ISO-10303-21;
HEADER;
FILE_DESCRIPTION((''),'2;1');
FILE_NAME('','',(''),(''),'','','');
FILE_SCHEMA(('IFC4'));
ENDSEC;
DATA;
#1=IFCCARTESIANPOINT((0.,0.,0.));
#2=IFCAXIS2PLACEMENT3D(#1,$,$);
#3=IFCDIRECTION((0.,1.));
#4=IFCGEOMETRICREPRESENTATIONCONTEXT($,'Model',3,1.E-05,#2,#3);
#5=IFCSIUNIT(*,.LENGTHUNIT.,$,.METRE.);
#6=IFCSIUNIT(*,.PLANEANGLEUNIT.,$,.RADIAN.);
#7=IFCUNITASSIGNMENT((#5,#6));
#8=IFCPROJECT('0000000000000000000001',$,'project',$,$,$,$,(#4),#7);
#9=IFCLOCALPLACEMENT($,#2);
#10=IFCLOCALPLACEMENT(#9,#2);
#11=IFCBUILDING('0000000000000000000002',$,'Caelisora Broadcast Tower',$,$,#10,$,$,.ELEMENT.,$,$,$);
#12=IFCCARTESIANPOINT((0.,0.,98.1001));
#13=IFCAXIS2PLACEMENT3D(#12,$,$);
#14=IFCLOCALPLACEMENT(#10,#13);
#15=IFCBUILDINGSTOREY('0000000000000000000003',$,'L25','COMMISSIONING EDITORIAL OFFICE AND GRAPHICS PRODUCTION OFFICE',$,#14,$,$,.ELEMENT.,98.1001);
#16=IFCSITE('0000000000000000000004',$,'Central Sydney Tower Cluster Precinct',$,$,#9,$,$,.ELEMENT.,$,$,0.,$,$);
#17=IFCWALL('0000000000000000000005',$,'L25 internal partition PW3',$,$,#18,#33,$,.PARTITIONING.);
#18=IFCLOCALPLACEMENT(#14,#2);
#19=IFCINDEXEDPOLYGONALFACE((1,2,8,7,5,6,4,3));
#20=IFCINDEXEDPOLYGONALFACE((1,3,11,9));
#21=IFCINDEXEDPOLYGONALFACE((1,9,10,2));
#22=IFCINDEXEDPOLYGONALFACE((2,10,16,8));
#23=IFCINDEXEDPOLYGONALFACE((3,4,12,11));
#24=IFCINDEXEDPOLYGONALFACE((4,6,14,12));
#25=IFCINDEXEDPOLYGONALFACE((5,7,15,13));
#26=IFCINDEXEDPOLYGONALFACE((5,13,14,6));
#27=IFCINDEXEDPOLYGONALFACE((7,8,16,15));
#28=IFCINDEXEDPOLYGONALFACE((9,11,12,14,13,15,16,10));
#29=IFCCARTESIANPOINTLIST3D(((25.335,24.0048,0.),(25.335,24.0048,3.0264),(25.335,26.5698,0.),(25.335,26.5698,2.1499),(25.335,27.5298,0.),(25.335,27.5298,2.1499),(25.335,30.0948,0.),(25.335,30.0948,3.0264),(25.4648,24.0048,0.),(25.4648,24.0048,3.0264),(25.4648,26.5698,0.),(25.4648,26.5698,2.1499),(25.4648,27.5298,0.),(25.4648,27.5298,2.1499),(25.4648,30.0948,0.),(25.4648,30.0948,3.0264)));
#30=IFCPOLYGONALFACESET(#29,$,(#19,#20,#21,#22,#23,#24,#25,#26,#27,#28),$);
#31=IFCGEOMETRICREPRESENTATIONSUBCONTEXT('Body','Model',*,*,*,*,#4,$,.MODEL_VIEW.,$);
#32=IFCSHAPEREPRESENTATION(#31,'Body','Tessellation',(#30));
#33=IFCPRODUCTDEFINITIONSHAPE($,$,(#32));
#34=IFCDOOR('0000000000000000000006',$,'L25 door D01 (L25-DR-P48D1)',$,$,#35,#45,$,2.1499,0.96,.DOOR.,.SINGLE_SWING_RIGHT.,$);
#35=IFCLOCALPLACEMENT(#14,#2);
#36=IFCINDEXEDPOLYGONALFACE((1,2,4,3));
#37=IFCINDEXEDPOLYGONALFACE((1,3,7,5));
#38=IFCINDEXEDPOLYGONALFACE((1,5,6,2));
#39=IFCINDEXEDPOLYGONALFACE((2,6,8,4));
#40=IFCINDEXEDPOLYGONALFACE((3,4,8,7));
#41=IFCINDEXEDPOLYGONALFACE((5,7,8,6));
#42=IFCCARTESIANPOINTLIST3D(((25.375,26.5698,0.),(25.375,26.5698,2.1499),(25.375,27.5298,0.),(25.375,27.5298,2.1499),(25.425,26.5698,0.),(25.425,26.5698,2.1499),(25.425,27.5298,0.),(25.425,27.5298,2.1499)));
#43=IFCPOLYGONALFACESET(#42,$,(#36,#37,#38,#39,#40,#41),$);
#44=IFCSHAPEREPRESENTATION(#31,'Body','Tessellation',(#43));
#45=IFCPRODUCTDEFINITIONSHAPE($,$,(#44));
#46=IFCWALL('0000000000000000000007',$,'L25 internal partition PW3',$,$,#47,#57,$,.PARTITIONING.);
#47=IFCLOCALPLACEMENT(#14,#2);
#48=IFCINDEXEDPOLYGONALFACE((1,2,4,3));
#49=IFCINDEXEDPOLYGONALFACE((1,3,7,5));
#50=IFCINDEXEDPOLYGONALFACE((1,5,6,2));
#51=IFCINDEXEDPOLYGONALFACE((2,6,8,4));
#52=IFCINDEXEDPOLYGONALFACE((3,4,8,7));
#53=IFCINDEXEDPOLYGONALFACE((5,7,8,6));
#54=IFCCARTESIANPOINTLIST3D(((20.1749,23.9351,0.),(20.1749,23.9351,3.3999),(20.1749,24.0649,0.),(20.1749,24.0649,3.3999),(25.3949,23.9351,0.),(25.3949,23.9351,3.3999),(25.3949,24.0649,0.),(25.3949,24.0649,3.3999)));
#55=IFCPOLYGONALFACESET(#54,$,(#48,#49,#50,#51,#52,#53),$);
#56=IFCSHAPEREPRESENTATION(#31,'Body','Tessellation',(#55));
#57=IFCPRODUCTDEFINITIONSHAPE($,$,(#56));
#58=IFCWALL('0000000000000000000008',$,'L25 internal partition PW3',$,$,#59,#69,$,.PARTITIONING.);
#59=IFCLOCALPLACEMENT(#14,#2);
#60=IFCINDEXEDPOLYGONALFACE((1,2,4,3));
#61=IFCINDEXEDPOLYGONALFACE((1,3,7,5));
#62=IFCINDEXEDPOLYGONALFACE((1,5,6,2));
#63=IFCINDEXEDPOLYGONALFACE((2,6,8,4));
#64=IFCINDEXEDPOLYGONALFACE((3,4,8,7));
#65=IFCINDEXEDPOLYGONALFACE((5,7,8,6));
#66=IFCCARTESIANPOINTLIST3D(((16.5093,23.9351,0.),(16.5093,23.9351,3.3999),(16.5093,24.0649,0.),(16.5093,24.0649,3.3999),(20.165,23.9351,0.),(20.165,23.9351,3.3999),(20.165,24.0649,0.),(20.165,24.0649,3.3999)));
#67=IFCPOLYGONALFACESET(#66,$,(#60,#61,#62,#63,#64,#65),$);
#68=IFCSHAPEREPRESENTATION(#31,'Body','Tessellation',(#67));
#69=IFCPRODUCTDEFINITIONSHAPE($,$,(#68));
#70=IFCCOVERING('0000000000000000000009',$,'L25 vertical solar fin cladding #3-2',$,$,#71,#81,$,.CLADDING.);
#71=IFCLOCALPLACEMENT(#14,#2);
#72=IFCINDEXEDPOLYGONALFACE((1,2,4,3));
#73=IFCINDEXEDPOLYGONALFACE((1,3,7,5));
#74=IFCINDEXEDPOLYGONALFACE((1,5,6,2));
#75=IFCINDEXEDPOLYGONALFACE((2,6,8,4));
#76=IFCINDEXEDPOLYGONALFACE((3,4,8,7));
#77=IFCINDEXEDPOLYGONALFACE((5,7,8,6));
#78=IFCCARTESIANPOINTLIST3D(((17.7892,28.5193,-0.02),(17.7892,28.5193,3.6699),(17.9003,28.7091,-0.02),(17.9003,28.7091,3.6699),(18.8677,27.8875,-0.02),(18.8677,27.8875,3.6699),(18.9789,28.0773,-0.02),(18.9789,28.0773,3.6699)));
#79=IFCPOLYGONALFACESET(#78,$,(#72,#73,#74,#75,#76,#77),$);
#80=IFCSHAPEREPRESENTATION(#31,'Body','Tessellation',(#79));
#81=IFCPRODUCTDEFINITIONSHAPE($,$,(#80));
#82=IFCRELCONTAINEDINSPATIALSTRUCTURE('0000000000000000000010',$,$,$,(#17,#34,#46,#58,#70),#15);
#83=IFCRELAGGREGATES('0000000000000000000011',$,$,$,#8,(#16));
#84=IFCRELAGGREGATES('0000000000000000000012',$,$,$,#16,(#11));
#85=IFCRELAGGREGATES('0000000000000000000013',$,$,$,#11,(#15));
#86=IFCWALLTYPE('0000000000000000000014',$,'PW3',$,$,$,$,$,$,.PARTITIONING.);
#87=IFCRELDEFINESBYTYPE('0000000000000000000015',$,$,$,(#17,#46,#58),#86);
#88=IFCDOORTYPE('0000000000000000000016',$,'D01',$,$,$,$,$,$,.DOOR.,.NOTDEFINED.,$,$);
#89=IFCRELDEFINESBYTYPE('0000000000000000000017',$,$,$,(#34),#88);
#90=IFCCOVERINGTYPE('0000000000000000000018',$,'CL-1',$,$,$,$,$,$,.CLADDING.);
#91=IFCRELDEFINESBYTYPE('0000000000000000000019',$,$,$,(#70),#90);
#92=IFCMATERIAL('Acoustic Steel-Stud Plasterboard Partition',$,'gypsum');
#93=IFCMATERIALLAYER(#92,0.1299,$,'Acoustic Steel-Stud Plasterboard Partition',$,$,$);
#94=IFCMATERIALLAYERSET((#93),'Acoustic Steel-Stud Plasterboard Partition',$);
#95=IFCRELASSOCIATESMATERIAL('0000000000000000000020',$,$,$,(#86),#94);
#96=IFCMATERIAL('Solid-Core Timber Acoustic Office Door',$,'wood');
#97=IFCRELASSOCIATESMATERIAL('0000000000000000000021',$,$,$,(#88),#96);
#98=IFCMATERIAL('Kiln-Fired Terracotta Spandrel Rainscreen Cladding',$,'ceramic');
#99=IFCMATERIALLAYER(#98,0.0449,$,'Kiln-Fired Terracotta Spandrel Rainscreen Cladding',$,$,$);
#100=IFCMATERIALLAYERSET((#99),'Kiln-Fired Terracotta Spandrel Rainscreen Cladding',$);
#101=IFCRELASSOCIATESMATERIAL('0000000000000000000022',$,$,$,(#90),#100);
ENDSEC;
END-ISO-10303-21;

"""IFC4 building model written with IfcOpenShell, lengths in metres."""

from ifc_helpers import new_model, si_unit, direction, frame, frame_2d, origin, origin_2d, place, context, subcontext, project, spatial, rectangle, extrude, source, transform, mapped, material, layer, layer_set, type_object, type_shapes, element, fill, save


model = new_model("IFC4")

# Units and contexts
model_context = context("Model", 3, precision=1e-05, world=origin(), true_north=direction((0.0, 1.0)))
body_context = subcontext(model_context, "Body", "Model", "MODEL_VIEW")
ifc_project = project(units=[si_unit("LENGTHUNIT", "METRE"), si_unit("PLANEANGLEUNIT", "RADIAN")], contexts=[model_context])

# Site, building, storey
site_placement = place(None, origin())
site = spatial("IfcSite", under=ifc_project, at=site_placement, Name="Central Sydney Tower Cluster Precinct", CompositionType="ELEMENT", RefElevation=0.0)
building_placement = place(site_placement, origin())
building = spatial("IfcBuilding", under=site, at=building_placement, Name="Caelisora Broadcast Tower", CompositionType="ELEMENT")
storey_placement = place(building_placement, frame((0.0, 0.0, 98.1001)))
storey = spatial("IfcBuildingStorey", under=building, at=storey_placement, Name="L25", Description="COMMISSIONING EDITORIAL OFFICE AND GRAPHICS PRODUCTION OFFICE", CompositionType="ELEMENT", Elevation=98.1001)

# Wall, opening, door
ifc_material_1 = material(Name="Acoustic Steel-Stud Plasterboard Partition", Category="gypsum")
ifc_layer_1 = layer(ifc_material_1, 0.1299, Name="Acoustic Steel-Stud Plasterboard Partition")
ifc_layer_set_1 = layer_set([ifc_layer_1], Name="Acoustic Steel-Stud Plasterboard Partition")
wall_type_1 = type_object("IfcWallType", Name="PW3", PredefinedType="PARTITIONING", material=ifc_layer_set_1)
wall_1_placement = place(storey_placement, frame((25.3999, 24.0049, 0.0), z_axis=(0.0, 0.0, 1.0), x_axis=(0.0, 1.0, 0.0)))
wall_1 = element("IfcWall", 1, at=wall_1_placement, inside=storey, type_object=wall_type_1, Name="L25 internal partition PW3", PredefinedType="PARTITIONING", context=body_context, shape_type="SweptSolid", body=[
    extrude(rectangle(XDim=6.0901, YDim=0.1299, at=frame_2d((3.0449, 0.0))), origin(), (0.0, 0.0, 1.0), 3.0264),
])
opening_1_placement = place(wall_1_placement, frame((2.5649, 0.0, 0.0)))
opening_1 = element("IfcOpeningElement", 2, at=opening_1_placement, cuts=wall_1, PredefinedType="OPENING", context=body_context, shape_type="SweptSolid", body=[
    extrude(rectangle(XDim=0.96, YDim=2.1499, at=frame_2d((0.48, 1.075))), frame((0.0, 0.0769, 0.0), z_axis=(0.0, -1.0, 0.0), x_axis=(1.0, 0.0, 0.0)), (0.0, 0.0, 1.0), 0.1538),
])
ifc_material_2 = material(Name="Solid-Core Timber Acoustic Office Door", Category="wood")
door_type_1 = type_object("IfcDoorType", Name="D01", OperationType="NOTDEFINED", PredefinedType="DOOR", material=ifc_material_2)
door_1_placement = place(opening_1_placement, origin())
door_1 = element("IfcDoor", 3, at=door_1_placement, inside=storey, type_object=door_type_1, Name="L25 door D01 (L25-DR-P48D1)", OperationType="SINGLE_SWING_RIGHT", OverallHeight=2.1499, OverallWidth=0.96, PredefinedType="DOOR", context=body_context, shape_type="SweptSolid", body=[
    extrude(rectangle(XDim=0.96, YDim=2.1499, at=frame_2d((0.48, 1.075))), frame((0.0, 0.0249, 0.0), z_axis=(0.0, -1.0, 0.0), x_axis=(1.0, 0.0, 0.0)), (0.0, 0.0, 1.0), 0.05),
])
fill(opening_1, door_1)

# Walls
wall_2_placement = place(storey_placement, frame((20.175, 24.0, 0.0), z_axis=(0.0, 0.0, 1.0), x_axis=(1.0, 0.0, 0.0)))
element("IfcWall", 4, at=wall_2_placement, inside=storey, type_object=wall_type_1, Name="L25 internal partition PW3", PredefinedType="PARTITIONING", context=body_context, shape_type="SweptSolid", body=[
    extrude(rectangle(XDim=5.22, YDim=0.1299, at=frame_2d((2.6099, 0.0))), origin(), (0.0, 0.0, 1.0), 3.3999),
])
wall_3_placement = place(storey_placement, frame((16.5093, 24.0, 0.0), z_axis=(0.0, 0.0, 1.0), x_axis=(1.0, 0.0, 0.0)))
element("IfcWall", 5, at=wall_3_placement, inside=storey, type_object=wall_type_1, Name="L25 internal partition PW3", PredefinedType="PARTITIONING", context=body_context, shape_type="SweptSolid", body=[
    extrude(rectangle(XDim=3.6558, YDim=0.1299, at=frame_2d((1.8279, 0.0))), origin(), (0.0, 0.0, 1.0), 3.3999),
])

# Covering
ifc_material_3 = material(Name="Kiln-Fired Terracotta Spandrel Rainscreen Cladding", Category="ceramic")
ifc_layer_2 = layer(ifc_material_3, 0.0449, Name="Kiln-Fired Terracotta Spandrel Rainscreen Cladding")
ifc_layer_set_2 = layer_set([ifc_layer_2], Name="Kiln-Fired Terracotta Spandrel Rainscreen Cladding")
covering_type = type_object("IfcCoveringType", Name="CL-1", PredefinedType="CLADDING", material=ifc_layer_set_2)
shared_shape_1 = source(origin(), body_context, "Body", "SweptSolid", [
    extrude(rectangle(XDim=0.22, YDim=1.25, at=origin_2d()), origin(), (0.0, 0.0, 1.0), 3.6899),
])
type_shapes(covering_type, [shared_shape_1])
covering_placement = place(storey_placement, frame((18.384, 28.2983, -0.02), z_axis=(0.0, 0.0, 1.0), x_axis=(0.505431, 0.862867, 0.0)))
element("IfcCovering", 6, at=covering_placement, inside=storey, type_object=covering_type, Name="L25 vertical solar fin cladding #3-2", PredefinedType="CLADDING", context=body_context, shape_type="MappedRepresentation", body=[
    mapped(shared_shape_1, transform((0.0, 0.0, 0.0), scale=1.0)),
])

save(model, "model.ifc")
